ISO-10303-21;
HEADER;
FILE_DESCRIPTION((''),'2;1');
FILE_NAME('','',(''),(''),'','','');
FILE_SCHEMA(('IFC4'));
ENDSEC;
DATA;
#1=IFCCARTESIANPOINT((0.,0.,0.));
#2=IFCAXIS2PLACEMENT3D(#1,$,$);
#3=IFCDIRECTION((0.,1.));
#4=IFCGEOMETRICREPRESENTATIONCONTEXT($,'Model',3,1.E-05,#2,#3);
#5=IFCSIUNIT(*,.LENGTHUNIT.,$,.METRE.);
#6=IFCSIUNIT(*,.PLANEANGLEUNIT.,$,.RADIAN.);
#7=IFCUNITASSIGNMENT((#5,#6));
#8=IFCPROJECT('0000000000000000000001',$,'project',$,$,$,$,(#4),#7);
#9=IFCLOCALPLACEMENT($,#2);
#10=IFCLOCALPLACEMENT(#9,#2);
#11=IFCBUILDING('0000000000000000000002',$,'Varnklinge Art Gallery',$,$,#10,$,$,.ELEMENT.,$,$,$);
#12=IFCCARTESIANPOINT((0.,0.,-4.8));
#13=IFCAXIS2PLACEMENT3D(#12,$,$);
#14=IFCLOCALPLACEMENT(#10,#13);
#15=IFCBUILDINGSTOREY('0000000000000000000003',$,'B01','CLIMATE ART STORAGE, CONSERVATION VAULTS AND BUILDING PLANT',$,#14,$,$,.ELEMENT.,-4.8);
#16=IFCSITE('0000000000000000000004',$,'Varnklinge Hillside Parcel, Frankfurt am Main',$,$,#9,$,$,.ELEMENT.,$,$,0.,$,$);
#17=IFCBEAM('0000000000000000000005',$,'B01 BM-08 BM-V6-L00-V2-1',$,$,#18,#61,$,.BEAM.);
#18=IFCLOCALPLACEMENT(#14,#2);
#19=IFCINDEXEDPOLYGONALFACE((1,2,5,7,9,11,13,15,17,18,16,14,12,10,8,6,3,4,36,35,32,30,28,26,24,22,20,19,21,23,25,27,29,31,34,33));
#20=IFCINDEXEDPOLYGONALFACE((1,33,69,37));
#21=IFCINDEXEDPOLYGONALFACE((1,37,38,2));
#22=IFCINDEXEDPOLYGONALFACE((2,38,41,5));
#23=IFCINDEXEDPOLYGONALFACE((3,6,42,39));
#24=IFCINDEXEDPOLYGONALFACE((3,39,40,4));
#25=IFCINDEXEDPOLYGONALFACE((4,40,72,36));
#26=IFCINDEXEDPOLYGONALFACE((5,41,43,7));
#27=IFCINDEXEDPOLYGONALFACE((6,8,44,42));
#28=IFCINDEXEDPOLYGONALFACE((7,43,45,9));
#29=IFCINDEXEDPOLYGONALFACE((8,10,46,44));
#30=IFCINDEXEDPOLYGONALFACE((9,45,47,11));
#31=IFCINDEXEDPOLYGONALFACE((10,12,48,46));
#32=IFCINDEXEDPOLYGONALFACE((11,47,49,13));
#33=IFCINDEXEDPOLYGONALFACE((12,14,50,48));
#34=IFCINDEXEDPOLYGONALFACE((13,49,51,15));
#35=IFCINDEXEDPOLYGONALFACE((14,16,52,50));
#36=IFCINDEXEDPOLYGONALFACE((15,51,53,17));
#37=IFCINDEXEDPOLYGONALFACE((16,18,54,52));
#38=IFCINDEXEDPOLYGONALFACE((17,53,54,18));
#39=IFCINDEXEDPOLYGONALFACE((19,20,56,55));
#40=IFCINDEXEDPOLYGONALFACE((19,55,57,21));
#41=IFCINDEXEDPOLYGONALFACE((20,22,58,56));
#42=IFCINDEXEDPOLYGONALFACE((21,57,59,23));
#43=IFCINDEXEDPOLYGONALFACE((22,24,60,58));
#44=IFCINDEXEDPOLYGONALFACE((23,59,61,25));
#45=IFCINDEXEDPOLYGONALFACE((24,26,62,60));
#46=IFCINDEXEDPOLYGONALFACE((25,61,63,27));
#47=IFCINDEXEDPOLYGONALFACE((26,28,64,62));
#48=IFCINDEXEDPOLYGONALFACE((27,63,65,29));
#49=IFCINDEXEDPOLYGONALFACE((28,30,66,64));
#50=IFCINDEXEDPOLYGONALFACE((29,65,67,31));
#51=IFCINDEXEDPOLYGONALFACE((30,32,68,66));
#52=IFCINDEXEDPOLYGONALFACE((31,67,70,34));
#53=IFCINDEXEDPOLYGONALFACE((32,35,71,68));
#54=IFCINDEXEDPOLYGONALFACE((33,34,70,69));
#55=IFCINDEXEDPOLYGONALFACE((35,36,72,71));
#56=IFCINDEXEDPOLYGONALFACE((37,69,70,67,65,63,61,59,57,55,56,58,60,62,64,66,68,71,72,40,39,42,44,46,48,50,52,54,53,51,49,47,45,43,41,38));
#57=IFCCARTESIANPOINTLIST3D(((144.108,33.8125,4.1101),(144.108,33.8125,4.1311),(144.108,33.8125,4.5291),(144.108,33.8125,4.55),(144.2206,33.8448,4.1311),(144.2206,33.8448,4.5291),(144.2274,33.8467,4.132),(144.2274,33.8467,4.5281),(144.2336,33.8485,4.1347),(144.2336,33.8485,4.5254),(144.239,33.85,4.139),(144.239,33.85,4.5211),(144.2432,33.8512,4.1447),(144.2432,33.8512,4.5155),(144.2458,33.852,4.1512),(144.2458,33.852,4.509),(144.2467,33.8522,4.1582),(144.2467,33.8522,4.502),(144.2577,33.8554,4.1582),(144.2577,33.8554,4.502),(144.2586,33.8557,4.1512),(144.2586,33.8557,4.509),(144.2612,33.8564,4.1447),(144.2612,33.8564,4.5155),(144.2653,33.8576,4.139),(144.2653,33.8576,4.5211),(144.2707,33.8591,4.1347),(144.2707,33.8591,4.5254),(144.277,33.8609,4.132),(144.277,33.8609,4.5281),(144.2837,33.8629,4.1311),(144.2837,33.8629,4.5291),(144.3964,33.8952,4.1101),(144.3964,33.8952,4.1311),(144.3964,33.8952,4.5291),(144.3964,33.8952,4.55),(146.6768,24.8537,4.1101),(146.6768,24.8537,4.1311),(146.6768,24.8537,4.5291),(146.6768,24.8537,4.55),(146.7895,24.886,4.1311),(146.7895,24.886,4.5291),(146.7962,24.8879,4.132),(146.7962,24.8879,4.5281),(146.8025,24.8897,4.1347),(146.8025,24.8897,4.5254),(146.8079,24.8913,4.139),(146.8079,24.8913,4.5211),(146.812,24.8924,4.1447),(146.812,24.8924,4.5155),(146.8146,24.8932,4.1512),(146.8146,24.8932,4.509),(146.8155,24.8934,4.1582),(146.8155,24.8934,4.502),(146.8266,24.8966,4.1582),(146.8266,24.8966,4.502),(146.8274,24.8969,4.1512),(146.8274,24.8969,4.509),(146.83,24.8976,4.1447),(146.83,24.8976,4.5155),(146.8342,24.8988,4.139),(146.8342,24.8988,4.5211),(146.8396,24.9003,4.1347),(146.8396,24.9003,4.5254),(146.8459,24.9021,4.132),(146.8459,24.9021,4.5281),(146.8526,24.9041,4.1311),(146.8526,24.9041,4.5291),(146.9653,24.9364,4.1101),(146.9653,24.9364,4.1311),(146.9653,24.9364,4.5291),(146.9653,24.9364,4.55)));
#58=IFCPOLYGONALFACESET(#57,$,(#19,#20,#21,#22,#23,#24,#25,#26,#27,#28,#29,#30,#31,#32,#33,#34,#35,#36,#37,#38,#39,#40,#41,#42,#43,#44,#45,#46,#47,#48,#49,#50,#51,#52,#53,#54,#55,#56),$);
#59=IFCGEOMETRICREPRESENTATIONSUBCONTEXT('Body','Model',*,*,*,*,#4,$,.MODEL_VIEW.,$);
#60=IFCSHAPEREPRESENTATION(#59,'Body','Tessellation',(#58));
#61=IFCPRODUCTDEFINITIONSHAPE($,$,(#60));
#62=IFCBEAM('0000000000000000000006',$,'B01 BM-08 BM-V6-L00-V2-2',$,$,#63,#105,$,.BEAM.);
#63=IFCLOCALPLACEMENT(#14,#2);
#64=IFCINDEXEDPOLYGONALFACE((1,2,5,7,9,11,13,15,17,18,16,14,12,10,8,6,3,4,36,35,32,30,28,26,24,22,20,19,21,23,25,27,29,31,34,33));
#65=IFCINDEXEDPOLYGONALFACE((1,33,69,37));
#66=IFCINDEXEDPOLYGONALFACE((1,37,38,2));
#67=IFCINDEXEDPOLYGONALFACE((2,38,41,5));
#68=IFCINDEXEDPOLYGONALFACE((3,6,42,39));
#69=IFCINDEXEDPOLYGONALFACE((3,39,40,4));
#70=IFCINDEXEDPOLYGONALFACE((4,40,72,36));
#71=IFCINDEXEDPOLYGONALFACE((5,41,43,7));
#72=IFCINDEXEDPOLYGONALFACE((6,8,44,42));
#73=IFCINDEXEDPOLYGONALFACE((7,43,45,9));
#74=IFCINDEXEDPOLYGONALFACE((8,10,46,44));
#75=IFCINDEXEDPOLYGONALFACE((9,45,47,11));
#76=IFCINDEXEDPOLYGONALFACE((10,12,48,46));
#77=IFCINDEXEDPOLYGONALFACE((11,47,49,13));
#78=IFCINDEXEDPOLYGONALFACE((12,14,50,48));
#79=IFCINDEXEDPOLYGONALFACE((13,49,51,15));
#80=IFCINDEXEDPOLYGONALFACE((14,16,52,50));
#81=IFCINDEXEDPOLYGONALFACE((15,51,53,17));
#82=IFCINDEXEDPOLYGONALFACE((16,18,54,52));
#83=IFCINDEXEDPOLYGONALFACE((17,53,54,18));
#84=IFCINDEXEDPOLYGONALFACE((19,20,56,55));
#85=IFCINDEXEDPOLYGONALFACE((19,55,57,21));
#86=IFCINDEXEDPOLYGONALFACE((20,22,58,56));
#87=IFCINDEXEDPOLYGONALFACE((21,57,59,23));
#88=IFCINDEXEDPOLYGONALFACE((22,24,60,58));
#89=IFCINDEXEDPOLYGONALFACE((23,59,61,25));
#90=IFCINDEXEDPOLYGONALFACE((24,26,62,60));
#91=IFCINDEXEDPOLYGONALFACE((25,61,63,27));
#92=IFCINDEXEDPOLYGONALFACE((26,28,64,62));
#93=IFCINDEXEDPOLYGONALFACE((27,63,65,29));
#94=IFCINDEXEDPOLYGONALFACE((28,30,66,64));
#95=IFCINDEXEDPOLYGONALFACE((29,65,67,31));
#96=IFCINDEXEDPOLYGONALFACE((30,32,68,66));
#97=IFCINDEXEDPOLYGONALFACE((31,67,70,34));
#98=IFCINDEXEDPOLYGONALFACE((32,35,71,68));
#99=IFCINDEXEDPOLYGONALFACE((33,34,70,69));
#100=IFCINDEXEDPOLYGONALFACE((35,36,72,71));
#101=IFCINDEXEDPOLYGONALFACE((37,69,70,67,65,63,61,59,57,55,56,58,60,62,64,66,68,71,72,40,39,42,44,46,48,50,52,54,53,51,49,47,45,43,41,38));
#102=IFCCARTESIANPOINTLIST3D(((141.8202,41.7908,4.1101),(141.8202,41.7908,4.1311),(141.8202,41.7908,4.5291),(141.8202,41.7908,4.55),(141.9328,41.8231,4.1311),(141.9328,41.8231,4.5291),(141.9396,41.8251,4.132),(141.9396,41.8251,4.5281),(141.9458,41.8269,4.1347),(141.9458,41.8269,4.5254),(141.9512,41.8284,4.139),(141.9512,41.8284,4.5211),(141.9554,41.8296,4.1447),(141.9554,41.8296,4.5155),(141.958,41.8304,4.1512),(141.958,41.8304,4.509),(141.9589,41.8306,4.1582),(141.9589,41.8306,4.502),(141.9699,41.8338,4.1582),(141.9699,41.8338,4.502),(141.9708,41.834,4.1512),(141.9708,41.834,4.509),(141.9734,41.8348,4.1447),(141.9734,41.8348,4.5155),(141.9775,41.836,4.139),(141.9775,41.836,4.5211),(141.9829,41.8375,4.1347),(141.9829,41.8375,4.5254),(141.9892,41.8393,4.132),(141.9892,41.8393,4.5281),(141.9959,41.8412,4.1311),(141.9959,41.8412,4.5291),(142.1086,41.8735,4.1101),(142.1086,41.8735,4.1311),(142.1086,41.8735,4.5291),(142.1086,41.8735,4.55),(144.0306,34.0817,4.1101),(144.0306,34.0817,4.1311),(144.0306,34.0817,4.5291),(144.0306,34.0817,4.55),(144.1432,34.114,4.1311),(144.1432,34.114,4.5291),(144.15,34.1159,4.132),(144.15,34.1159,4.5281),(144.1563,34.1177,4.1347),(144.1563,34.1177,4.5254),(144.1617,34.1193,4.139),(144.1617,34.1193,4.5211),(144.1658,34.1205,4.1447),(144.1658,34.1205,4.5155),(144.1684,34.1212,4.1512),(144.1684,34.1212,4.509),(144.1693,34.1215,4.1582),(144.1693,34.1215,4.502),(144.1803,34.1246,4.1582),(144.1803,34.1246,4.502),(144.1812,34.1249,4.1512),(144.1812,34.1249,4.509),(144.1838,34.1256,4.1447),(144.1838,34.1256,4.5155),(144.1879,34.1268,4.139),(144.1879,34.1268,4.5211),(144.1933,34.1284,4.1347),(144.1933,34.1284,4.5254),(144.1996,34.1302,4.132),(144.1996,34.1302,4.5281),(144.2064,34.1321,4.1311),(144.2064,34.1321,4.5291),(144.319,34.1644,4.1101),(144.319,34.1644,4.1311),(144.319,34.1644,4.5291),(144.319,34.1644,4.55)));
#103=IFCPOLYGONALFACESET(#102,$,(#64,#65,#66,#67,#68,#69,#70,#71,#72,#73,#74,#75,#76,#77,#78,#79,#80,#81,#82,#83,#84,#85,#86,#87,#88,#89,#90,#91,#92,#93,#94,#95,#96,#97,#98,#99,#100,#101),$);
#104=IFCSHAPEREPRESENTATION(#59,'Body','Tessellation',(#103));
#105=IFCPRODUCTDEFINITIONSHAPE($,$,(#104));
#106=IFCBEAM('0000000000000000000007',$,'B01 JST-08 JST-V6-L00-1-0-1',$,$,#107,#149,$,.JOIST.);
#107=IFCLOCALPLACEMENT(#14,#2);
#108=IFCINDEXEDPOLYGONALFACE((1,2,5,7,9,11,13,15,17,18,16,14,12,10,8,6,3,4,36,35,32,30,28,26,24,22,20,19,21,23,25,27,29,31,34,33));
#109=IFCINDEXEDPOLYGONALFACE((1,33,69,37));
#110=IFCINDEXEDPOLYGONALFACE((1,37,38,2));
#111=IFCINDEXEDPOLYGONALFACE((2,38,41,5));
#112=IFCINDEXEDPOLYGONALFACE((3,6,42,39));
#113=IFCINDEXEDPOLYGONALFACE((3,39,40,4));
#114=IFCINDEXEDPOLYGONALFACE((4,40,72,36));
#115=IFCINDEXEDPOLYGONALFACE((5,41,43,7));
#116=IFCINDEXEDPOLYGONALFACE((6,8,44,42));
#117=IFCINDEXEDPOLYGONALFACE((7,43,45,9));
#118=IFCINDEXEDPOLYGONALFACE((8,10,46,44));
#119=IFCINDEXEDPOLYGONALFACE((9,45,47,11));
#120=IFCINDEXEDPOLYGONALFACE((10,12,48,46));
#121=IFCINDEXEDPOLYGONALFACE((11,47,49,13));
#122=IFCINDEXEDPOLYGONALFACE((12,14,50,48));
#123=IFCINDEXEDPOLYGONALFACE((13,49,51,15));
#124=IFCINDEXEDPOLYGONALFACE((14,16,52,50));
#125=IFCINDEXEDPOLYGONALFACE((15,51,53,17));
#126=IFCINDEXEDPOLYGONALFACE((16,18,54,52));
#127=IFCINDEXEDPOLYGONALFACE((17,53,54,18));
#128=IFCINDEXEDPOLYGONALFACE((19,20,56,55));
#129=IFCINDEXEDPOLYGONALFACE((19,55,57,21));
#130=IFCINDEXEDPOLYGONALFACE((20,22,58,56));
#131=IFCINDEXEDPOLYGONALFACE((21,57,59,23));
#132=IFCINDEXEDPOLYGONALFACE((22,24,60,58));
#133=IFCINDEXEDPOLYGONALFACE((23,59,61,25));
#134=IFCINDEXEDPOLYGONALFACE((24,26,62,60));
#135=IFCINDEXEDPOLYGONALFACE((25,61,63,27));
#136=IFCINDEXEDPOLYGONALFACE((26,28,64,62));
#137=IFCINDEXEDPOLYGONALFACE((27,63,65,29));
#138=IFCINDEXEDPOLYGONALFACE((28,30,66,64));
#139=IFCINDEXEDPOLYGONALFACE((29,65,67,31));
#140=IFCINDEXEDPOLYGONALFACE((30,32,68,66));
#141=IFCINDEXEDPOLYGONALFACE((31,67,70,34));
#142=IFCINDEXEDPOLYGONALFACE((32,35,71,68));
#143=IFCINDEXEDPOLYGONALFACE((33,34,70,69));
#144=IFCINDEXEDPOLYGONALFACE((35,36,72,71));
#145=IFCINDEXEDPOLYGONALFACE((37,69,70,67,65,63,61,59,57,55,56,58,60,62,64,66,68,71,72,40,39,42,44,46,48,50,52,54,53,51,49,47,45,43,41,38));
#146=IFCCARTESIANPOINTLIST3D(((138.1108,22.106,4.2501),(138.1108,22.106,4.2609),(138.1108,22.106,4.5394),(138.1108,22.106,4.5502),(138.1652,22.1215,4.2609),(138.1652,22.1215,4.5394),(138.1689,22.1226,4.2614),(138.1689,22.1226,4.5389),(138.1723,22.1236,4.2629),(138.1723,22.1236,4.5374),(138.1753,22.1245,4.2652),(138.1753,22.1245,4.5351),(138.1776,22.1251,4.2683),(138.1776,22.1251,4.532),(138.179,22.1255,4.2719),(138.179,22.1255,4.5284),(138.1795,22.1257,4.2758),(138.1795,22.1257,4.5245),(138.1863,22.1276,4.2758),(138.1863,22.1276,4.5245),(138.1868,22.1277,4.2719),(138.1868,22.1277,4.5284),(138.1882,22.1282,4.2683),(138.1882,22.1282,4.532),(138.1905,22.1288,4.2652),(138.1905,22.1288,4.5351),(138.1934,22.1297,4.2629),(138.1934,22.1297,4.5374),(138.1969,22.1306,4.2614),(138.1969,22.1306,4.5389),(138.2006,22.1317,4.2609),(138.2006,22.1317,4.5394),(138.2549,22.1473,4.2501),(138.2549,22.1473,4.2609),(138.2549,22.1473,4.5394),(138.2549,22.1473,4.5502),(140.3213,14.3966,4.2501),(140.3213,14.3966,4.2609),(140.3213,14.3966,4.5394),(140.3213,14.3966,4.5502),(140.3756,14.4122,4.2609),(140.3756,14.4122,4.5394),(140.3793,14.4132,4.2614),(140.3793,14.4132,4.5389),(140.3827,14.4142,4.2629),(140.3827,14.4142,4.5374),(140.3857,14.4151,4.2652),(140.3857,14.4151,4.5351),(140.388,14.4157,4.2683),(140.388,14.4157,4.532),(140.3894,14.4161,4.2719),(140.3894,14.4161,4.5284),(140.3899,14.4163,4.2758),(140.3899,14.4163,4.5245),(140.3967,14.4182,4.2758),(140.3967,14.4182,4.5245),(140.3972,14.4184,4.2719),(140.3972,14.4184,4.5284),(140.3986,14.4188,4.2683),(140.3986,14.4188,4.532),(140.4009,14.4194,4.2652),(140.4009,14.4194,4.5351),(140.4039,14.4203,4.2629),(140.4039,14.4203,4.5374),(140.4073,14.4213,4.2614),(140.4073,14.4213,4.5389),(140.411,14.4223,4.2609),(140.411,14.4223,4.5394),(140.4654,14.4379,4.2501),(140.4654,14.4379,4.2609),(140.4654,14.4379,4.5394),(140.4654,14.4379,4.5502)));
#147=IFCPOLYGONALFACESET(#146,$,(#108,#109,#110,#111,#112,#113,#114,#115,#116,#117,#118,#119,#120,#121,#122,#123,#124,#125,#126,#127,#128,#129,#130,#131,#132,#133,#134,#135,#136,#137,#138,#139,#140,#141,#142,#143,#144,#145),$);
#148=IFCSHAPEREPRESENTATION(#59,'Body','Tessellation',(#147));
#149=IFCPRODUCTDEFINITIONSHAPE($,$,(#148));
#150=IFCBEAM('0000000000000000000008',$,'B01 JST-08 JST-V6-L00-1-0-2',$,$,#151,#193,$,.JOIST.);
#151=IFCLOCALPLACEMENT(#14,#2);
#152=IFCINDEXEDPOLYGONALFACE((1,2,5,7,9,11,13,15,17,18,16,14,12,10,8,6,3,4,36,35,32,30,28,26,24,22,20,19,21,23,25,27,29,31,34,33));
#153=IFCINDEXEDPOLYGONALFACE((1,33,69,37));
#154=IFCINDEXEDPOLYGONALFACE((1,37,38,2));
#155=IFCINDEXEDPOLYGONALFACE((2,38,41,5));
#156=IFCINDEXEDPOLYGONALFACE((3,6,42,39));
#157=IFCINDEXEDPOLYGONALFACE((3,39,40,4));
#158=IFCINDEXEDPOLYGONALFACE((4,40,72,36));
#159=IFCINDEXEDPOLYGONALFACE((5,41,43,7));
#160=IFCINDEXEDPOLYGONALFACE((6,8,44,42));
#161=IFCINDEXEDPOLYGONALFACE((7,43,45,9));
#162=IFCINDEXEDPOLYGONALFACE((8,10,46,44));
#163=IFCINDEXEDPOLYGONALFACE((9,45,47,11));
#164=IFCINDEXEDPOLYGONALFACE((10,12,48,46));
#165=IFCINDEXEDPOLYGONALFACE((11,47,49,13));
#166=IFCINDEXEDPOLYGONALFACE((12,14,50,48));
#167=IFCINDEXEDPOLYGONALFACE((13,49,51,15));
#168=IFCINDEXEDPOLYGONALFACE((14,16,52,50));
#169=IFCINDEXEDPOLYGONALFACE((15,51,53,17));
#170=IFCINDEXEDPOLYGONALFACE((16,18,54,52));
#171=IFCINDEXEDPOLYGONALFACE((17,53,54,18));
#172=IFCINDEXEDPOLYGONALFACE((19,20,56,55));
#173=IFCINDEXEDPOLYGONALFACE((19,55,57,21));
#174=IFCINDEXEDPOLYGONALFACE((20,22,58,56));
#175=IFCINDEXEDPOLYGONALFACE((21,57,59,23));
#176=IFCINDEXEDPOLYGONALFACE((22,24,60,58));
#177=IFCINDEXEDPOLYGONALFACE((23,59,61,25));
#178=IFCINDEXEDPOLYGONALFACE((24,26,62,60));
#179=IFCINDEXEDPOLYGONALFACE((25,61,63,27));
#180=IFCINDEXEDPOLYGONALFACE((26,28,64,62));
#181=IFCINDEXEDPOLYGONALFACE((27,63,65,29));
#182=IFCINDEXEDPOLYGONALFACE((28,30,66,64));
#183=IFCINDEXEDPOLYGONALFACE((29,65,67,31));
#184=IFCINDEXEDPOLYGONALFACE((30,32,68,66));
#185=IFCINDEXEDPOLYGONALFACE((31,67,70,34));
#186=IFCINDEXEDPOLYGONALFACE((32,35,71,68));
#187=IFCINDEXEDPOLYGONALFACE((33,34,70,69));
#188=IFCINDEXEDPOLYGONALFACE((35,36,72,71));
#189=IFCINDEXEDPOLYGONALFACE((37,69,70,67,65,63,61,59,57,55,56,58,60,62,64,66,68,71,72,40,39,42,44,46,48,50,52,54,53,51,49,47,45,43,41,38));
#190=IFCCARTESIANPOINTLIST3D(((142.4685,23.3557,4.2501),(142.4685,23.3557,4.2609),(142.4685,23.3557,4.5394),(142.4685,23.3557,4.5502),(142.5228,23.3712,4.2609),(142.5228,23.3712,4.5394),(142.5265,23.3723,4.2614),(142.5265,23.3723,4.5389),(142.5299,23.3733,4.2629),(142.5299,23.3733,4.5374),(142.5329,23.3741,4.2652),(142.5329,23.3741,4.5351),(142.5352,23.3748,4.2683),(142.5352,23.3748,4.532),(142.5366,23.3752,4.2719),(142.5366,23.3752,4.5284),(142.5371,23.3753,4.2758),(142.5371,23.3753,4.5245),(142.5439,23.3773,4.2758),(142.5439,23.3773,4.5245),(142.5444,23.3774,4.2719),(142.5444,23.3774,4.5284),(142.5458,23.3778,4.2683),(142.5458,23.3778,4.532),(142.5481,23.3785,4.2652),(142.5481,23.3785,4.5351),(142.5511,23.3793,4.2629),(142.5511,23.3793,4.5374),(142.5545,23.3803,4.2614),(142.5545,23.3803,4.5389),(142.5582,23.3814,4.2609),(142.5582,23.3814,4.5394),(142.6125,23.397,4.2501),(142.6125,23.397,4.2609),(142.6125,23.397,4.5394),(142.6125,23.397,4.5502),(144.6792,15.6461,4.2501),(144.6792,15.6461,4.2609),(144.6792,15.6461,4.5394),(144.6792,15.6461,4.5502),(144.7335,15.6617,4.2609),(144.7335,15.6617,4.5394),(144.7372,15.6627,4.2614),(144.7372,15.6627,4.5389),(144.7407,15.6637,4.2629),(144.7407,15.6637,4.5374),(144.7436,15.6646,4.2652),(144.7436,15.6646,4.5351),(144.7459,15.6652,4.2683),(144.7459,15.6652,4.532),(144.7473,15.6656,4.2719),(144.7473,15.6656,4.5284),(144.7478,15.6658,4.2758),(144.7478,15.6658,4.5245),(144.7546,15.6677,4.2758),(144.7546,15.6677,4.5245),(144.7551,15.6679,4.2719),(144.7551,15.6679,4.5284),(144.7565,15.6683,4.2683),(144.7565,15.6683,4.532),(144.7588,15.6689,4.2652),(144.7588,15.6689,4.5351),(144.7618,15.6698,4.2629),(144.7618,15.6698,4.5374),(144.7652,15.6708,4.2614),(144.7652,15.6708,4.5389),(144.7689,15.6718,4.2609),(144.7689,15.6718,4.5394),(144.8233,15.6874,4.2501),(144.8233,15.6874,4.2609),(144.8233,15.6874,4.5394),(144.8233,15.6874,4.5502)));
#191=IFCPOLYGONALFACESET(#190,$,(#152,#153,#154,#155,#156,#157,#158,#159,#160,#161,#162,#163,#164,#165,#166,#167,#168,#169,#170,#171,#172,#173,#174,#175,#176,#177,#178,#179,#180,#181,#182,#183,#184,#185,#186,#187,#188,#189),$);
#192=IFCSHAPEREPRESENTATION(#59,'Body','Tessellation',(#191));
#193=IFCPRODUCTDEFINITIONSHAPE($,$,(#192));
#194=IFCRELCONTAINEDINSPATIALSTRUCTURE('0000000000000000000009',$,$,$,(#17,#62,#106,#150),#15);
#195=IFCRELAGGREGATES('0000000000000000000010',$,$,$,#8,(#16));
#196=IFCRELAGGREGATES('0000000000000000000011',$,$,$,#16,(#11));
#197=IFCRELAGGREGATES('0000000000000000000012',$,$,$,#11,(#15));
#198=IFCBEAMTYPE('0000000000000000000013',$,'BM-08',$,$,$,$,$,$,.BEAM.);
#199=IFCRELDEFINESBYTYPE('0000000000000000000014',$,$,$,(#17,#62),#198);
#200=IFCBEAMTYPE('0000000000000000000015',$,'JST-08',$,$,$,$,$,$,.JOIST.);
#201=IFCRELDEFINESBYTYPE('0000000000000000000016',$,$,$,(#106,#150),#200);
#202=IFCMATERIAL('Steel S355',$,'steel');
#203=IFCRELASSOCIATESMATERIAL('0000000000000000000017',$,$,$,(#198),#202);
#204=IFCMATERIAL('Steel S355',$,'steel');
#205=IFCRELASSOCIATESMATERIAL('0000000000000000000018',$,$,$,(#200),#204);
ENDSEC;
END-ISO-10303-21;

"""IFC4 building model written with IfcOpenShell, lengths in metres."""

from ifc_helpers import new_model, si_unit, direction, frame, origin, origin_2d, place, context, subcontext, project, spatial, i_section, extrude, material, material_profile, profile_set, type_object, element, save


model = new_model("IFC4")

# Units and contexts
model_context = context("Model", 3, precision=1e-05, world=origin(), true_north=direction((0.0, 1.0)))
body_context = subcontext(model_context, "Body", "Model", "MODEL_VIEW")
ifc_project = project(units=[si_unit("LENGTHUNIT", "METRE"), si_unit("PLANEANGLEUNIT", "RADIAN")], contexts=[model_context])

# Site, building, storey
site_placement = place(None, origin())
site = spatial("IfcSite", under=ifc_project, at=site_placement, Name="Varnklinge Hillside Parcel, Frankfurt am Main", CompositionType="ELEMENT", RefElevation=0.0)
building_placement = place(site_placement, origin())
building = spatial("IfcBuilding", under=site, at=building_placement, Name="Varnklinge Art Gallery", CompositionType="ELEMENT")
storey_placement = place(building_placement, frame((0.0, 0.0, -4.8)))
storey = spatial("IfcBuildingStorey", under=building, at=storey_placement, Name="B01", Description="CLIMATE ART STORAGE, CONSERVATION VAULTS AND BUILDING PLANT", CompositionType="ELEMENT", Elevation=-4.8)

# Beams
ifc_material_1 = material(Name="Steel S355", Category="steel")
ifc_material_profile_1 = material_profile(ifc_material_1, i_section(OverallWidth=0.3, OverallDepth=0.4399, WebThickness=0.0115, FlangeThickness=0.021, FilletRadius=0.0271, at=origin_2d()), Name="HEA 450")
ifc_profile_set_1 = profile_set([ifc_material_profile_1], Name="Steel S355")
beam_type_1 = type_object("IfcBeamType", Name="BM-08", PredefinedType="BEAM", material=ifc_profile_set_1)
beam_1_placement = place(storey_placement, frame((146.821, 24.895, 4.3301), z_axis=(-0.275634, 0.961263, 0.0), x_axis=(-0.961263, -0.275634, 0.0)))
element("IfcBeam", 1, at=beam_1_placement, inside=storey, type_object=beam_type_1, Name="B01 BM-08 BM-V6-L00-V2-1", PredefinedType="BEAM", context=body_context, shape_type="SweptSolid", body=[
    extrude(i_section(OverallWidth=0.3, OverallDepth=0.4399, WebThickness=0.0115, FlangeThickness=0.021, FilletRadius=0.0271, at=origin_2d()), origin(), (0.0, 0.0, 1.0), 9.3198),
])
beam_2_placement = place(storey_placement, frame((144.1748, 34.123, 4.3301), z_axis=(-0.275622, 0.961266, 0.0), x_axis=(-0.961266, -0.275622, 0.0)))
element("IfcBeam", 2, at=beam_2_placement, inside=storey, type_object=beam_type_1, Name="B01 BM-08 BM-V6-L00-V2-2", PredefinedType="BEAM", context=body_context, shape_type="SweptSolid", body=[
    extrude(i_section(OverallWidth=0.3, OverallDepth=0.4399, WebThickness=0.0115, FlangeThickness=0.021, FilletRadius=0.0271, at=origin_2d()), origin(), (0.0, 0.0, 1.0), 8.0198),
])
ifc_material_2 = material(Name="Steel S355", Category="steel")
ifc_material_profile_2 = material_profile(ifc_material_2, i_section(OverallWidth=0.1499, OverallDepth=0.3, WebThickness=0.0071, FlangeThickness=0.0107, FilletRadius=0.0149, at=origin_2d()), Name="IPE 300")
ifc_profile_set_2 = profile_set([ifc_material_profile_2], Name="Steel S355")
beam_type_2 = type_object("IfcBeamType", Name="JST-08", PredefinedType="JOIST", material=ifc_profile_set_2)
beam_3_placement = place(storey_placement, frame((140.3933, 14.4172, 4.4001), z_axis=(-0.275614, 0.961269, 0.0), x_axis=(-0.961269, -0.275614, 0.0)))
element("IfcBeam", 3, at=beam_3_placement, inside=storey, type_object=beam_type_2, Name="B01 JST-08 JST-V6-L00-1-0-1", PredefinedType="JOIST", context=body_context, shape_type="SweptSolid", body=[
    extrude(i_section(OverallWidth=0.1499, OverallDepth=0.3, WebThickness=0.0071, FlangeThickness=0.0107, FilletRadius=0.0149, at=origin_2d()), origin(), (0.0, 0.0, 1.0), 8.02),
])
for number, where, z_axis, x_axis, name in (
    (4, (144.7512, 15.6667, 4.4001), (-0.275642, 0.96126, 0.0), (-0.96126, -0.275642, 0.0), "B01 JST-08 JST-V6-L00-1-0-2"),
):
    element("IfcBeam", number, at=place(storey_placement, frame(where, z_axis=z_axis, x_axis=x_axis)), inside=storey, type_object=beam_type_2, Name=name, PredefinedType="JOIST", context=body_context, shape_type="SweptSolid", body=[
        extrude(i_section(OverallWidth=0.1499, OverallDepth=0.3, WebThickness=0.0071, FlangeThickness=0.0107, FilletRadius=0.0149, at=origin_2d()), origin(), (0.0, 0.0, 1.0), 8.0203),
    ])

save(model, "model.ifc")
